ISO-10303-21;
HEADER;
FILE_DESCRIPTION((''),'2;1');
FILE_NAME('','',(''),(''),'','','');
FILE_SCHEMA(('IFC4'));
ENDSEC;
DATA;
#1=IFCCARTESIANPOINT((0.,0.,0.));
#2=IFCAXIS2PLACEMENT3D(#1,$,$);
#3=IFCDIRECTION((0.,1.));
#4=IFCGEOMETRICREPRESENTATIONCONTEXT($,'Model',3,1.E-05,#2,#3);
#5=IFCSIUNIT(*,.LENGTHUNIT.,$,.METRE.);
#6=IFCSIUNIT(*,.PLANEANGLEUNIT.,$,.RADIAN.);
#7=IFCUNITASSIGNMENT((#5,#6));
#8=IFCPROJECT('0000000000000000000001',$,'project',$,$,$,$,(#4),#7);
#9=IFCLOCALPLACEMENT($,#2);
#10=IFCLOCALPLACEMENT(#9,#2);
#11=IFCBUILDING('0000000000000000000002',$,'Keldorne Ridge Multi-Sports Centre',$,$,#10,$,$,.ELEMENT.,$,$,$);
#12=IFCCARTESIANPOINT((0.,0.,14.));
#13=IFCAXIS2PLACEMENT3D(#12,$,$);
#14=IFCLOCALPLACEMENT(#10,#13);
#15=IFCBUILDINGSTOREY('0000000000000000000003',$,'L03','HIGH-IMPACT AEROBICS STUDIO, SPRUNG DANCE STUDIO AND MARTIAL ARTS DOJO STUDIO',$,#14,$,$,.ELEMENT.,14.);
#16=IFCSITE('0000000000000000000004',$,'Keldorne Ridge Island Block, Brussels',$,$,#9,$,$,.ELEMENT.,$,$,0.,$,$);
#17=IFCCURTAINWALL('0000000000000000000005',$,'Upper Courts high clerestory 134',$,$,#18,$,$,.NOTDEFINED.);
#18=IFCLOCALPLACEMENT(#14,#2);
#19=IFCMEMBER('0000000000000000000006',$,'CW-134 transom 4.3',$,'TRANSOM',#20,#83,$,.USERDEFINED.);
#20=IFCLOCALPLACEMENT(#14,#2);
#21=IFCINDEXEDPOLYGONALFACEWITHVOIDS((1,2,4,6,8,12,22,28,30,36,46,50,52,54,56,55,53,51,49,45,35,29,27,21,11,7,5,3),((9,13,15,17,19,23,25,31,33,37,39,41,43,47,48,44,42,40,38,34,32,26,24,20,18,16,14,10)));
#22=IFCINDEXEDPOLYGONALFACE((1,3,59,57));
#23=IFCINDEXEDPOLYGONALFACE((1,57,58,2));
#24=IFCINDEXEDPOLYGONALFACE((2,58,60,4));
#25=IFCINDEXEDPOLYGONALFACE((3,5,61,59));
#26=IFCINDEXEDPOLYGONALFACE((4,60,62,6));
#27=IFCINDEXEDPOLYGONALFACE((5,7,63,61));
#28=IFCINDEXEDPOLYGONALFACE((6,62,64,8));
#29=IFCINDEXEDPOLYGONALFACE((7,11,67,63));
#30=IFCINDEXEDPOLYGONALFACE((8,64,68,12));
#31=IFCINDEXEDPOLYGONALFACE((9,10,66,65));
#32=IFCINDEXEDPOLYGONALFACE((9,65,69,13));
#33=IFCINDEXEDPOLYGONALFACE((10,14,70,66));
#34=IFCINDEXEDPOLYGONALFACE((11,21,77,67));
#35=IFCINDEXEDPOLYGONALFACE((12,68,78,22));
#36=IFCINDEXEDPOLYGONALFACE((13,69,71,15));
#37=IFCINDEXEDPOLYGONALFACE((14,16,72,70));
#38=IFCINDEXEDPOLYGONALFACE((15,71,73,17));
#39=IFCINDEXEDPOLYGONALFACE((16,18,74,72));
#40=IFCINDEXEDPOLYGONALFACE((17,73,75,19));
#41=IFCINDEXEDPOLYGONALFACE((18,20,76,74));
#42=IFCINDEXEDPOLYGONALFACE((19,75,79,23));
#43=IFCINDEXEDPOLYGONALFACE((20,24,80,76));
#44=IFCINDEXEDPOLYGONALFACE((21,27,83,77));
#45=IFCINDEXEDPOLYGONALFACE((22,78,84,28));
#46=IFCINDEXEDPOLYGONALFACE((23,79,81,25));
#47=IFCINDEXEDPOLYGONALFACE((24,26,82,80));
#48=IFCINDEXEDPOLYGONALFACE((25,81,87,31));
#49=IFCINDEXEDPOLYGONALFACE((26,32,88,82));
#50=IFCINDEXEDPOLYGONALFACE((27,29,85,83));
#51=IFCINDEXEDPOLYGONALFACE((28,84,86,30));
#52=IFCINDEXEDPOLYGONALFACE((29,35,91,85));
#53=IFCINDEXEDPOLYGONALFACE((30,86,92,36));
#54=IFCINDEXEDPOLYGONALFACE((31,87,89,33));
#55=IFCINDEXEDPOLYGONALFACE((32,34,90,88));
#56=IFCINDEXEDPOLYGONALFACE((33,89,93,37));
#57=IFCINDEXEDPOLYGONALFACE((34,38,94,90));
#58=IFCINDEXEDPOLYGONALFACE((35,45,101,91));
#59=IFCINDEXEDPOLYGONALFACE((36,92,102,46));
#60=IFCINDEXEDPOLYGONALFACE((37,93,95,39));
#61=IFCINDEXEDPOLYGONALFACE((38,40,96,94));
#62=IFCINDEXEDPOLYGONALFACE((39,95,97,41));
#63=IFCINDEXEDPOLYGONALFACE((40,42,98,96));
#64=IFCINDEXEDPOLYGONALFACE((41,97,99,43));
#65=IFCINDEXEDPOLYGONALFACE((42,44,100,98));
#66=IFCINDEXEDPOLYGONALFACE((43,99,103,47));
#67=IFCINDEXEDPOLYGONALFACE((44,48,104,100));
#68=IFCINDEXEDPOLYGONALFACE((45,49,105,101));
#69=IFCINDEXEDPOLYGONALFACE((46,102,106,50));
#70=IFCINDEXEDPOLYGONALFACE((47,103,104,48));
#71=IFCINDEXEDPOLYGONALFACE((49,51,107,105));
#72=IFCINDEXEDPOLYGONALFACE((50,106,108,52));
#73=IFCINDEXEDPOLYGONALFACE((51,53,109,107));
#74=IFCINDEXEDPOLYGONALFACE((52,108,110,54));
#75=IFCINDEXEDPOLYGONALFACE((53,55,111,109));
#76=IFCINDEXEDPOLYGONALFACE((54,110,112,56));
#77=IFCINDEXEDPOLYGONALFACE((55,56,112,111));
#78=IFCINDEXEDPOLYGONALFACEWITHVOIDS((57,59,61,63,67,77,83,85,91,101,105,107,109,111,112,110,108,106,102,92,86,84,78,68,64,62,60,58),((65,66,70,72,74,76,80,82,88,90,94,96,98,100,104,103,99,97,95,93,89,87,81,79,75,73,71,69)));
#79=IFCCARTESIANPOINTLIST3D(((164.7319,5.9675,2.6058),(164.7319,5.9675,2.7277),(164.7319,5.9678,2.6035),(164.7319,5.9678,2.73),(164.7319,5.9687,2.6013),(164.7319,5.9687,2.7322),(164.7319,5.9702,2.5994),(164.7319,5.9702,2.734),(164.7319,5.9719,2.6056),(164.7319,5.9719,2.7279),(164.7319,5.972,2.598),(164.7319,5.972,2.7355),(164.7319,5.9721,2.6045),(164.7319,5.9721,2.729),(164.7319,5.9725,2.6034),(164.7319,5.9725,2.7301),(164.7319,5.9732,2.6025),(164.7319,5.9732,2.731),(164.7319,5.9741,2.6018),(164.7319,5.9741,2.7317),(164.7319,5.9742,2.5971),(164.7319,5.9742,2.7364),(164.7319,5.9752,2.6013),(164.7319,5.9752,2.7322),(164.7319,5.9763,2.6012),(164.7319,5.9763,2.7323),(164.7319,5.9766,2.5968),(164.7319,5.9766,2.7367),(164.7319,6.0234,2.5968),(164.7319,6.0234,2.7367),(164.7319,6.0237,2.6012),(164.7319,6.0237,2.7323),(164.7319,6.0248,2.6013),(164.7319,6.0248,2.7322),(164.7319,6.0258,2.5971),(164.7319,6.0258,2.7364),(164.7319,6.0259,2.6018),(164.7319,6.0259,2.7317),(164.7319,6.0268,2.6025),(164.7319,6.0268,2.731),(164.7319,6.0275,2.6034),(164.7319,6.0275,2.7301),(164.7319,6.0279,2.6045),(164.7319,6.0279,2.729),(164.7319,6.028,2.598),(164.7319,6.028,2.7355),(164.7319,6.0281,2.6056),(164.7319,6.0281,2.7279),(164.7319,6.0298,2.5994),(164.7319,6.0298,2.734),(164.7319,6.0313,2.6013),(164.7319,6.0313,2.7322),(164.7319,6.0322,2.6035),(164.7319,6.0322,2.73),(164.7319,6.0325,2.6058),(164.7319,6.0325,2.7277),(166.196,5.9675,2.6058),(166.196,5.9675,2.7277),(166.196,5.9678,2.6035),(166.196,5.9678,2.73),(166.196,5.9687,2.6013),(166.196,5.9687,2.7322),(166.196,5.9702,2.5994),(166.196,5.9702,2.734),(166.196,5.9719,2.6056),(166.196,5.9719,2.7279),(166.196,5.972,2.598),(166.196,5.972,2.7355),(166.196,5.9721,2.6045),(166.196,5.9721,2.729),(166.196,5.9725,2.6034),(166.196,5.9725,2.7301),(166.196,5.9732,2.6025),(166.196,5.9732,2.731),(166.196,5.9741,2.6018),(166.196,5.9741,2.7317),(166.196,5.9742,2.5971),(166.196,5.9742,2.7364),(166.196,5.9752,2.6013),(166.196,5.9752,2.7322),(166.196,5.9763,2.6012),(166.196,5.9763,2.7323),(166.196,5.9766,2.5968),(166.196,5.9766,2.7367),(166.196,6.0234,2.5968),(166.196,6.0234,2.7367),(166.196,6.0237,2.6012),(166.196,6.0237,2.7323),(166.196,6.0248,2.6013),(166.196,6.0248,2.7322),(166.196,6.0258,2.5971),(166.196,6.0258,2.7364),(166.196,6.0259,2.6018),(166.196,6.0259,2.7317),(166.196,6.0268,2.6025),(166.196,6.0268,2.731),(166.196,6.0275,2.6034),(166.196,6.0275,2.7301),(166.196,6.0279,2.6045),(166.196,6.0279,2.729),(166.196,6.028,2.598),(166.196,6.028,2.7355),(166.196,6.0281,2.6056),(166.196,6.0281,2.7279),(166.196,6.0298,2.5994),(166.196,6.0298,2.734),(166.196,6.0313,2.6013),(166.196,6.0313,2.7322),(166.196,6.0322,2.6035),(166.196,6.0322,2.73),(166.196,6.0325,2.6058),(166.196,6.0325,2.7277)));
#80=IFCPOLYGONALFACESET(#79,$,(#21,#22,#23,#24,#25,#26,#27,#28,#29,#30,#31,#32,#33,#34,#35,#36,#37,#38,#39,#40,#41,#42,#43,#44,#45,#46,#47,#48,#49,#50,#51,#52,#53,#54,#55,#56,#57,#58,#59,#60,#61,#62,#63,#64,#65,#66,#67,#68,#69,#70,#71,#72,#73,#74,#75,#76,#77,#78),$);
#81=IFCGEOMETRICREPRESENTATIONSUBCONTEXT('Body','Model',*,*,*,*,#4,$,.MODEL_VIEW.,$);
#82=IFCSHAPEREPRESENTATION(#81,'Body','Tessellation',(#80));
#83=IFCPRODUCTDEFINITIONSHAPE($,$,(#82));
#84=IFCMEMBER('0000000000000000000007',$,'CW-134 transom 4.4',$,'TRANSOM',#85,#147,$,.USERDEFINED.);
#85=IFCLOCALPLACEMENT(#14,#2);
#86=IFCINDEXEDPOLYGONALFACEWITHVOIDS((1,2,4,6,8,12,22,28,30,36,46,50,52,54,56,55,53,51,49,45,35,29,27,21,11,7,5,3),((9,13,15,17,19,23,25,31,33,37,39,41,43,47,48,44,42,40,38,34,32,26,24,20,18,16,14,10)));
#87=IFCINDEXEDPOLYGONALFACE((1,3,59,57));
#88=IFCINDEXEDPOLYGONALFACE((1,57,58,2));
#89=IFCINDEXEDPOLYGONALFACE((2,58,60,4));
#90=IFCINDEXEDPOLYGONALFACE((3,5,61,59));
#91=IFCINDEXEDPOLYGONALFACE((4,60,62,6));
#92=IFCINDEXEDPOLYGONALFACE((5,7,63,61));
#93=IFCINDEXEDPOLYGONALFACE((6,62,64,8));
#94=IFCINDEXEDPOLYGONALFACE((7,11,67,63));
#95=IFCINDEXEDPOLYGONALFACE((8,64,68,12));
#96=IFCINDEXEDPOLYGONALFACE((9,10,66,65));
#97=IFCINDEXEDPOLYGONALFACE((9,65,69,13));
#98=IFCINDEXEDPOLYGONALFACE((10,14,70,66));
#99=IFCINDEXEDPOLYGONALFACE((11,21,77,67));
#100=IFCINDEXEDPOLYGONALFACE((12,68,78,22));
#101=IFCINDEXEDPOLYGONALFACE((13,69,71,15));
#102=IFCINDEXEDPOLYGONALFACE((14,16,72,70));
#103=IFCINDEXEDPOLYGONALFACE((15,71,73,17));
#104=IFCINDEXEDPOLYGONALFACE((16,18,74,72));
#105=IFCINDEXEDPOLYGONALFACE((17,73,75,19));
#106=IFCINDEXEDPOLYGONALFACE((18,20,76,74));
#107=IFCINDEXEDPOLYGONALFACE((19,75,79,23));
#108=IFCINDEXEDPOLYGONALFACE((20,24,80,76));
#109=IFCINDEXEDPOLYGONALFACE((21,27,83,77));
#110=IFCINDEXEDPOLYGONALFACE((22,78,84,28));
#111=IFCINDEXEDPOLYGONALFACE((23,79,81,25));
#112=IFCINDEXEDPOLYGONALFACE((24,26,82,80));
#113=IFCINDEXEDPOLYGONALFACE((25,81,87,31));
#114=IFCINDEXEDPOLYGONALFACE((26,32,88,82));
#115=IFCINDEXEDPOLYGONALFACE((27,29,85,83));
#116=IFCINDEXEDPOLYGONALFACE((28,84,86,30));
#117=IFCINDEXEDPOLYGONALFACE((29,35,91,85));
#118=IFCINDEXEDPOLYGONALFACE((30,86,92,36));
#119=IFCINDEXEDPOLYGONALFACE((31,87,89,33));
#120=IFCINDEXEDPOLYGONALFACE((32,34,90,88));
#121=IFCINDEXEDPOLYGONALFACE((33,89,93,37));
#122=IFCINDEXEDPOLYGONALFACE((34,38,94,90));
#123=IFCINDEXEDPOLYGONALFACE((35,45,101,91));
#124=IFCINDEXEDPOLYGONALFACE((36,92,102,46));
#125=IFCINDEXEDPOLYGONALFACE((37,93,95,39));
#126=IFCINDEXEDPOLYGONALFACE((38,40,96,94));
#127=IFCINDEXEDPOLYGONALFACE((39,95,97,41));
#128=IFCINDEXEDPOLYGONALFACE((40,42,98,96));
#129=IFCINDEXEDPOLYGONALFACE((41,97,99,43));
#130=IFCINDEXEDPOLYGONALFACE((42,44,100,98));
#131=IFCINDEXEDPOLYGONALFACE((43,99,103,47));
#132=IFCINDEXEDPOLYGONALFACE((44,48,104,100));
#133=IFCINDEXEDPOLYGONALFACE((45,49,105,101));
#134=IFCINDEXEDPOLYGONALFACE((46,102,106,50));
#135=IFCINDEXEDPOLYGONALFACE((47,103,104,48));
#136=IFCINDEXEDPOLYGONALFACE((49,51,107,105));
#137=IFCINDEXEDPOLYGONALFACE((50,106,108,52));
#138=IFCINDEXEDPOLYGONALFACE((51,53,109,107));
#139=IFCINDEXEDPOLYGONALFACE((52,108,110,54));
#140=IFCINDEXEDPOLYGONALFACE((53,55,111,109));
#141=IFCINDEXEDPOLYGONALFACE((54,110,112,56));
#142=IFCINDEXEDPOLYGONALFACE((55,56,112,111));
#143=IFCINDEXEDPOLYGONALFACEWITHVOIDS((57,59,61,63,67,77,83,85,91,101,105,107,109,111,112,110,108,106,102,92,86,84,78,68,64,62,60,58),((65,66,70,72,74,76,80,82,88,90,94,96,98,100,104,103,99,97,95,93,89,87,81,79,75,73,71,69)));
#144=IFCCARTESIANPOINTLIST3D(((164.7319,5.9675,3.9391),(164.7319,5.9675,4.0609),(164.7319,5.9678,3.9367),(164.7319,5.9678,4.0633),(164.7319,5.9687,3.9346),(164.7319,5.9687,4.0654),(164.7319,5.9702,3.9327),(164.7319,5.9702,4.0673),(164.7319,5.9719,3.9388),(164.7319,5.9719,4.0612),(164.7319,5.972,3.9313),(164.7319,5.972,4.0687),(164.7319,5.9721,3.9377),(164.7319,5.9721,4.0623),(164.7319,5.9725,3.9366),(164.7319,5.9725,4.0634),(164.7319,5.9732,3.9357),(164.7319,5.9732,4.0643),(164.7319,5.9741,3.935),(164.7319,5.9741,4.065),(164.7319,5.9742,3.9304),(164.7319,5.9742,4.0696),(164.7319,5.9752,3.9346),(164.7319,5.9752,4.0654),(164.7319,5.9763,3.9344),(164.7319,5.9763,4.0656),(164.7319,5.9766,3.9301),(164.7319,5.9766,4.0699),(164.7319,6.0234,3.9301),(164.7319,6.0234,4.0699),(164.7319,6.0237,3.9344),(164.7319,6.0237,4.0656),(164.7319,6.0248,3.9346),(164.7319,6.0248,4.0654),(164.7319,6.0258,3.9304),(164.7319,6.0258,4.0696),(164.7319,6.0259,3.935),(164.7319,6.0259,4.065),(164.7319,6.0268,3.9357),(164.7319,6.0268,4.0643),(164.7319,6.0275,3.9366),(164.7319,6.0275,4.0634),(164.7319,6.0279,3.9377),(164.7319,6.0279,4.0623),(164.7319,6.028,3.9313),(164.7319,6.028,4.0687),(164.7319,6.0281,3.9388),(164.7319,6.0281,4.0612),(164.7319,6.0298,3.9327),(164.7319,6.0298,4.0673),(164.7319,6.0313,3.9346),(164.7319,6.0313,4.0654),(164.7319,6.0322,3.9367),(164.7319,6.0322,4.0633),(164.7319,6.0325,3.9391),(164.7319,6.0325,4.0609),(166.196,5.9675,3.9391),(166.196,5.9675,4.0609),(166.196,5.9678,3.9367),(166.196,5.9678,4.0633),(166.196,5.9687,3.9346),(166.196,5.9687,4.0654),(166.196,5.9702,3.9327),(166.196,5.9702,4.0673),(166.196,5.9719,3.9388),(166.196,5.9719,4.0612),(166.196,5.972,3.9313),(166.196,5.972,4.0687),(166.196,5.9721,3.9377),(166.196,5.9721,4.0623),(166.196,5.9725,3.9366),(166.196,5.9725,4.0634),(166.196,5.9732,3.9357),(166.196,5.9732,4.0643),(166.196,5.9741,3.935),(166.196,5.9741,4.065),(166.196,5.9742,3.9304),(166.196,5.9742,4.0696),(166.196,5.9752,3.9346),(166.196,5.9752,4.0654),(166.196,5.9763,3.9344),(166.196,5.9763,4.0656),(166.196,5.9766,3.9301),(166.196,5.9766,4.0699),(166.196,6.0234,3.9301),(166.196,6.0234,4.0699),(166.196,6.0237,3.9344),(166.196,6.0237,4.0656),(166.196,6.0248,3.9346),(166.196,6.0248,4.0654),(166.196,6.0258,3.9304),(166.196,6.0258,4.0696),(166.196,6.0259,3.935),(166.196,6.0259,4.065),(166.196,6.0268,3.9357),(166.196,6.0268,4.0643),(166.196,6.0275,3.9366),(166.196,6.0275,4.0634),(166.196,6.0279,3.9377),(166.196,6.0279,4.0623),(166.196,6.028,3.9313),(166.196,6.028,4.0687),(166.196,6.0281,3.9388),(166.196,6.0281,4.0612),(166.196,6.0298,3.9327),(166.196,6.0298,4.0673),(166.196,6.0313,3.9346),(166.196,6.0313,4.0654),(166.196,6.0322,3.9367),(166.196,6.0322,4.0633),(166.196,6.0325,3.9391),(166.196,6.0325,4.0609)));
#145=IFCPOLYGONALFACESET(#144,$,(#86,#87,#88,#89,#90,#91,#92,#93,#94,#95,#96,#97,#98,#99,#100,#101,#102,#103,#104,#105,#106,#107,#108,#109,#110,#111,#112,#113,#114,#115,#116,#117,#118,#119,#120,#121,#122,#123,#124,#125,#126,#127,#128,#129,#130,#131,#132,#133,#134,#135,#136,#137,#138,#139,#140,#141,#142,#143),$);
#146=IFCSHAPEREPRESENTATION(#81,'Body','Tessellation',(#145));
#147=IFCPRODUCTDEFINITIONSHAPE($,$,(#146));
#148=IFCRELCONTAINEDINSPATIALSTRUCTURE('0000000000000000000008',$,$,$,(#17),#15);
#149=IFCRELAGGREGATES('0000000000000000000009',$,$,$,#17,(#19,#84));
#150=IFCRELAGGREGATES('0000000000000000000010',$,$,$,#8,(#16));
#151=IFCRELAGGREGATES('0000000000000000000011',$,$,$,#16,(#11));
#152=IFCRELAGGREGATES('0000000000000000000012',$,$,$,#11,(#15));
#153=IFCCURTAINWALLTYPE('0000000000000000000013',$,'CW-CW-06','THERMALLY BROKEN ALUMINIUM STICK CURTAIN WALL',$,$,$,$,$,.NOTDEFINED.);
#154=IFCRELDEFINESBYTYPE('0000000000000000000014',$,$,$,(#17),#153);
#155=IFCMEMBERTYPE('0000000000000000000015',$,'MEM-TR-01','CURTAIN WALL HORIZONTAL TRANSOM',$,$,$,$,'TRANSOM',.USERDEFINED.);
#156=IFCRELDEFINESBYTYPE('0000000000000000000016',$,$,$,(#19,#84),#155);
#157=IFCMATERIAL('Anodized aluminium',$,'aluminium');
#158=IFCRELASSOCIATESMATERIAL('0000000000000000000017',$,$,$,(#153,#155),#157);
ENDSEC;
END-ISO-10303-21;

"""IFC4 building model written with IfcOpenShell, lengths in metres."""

from ifc_helpers import new_model, si_unit, direction, frame, origin, origin_2d, place, context, subcontext, project, spatial, hollow_rectangle, extrude, material, material_profile, profile_set, type_object, element, aggregate, save


model = new_model("IFC4")

# Units and contexts
model_context = context("Model", 3, precision=1e-05, world=origin(), true_north=direction((0.0, 1.0)))
body_context = subcontext(model_context, "Body", "Model", "MODEL_VIEW")
ifc_project = project(units=[si_unit("LENGTHUNIT", "METRE"), si_unit("PLANEANGLEUNIT", "RADIAN")], contexts=[model_context])

# Site, building, storey
site_placement = place(None, origin())
site = spatial("IfcSite", under=ifc_project, at=site_placement, Name="Keldorne Ridge Island Block, Brussels", CompositionType="ELEMENT", RefElevation=0.0)
building_placement = place(site_placement, origin())
building = spatial("IfcBuilding", under=site, at=building_placement, Name="Keldorne Ridge Multi-Sports Centre", CompositionType="ELEMENT")
storey_placement = place(building_placement, frame((0.0, 0.0, 14.0)))
storey = spatial("IfcBuildingStorey", under=building, at=storey_placement, Name="L03", Description="HIGH-IMPACT AEROBICS STUDIO, SPRUNG DANCE STUDIO AND MARTIAL ARTS DOJO STUDIO", CompositionType="ELEMENT", Elevation=14.0)

# Curtain wall, members
ifc_material_1 = material(Name="Anodized aluminium", Category="aluminium")
curtain_wall_type = type_object("IfcCurtainWallType", Name="CW-CW-06", Description="THERMALLY BROKEN ALUMINIUM STICK CURTAIN WALL", PredefinedType="NOTDEFINED", material=ifc_material_1)
curtain_wall_placement = place(storey_placement, origin())
curtain_wall = element("IfcCurtainWall", 1, at=curtain_wall_placement, inside=storey, type_object=curtain_wall_type, Name="Upper Courts high clerestory 134", PredefinedType="NOTDEFINED")
ifc_material_profile_1 = material_profile(ifc_material_1, hollow_rectangle(XDim=0.0649, YDim=0.1399, WallThickness=0.0044, InnerFilletRadius=0.0044, OuterFilletRadius=0.009, at=origin_2d()), Name="ALU TRANSOM 140x65x4.5")
ifc_profile_set_1 = profile_set([ifc_material_profile_1], Name="Anodized aluminium")
member_type_1 = type_object("IfcMemberType", Name="MEM-TR-01", Description="CURTAIN WALL HORIZONTAL TRANSOM", ElementType="TRANSOM", PredefinedType="USERDEFINED", material=ifc_profile_set_1)
member_1_placement = place(storey_placement, frame((164.7319, 6.0, 2.6667), z_axis=(1.0, 0.0, 0.0), x_axis=(0.0, 1.0, 0.0)))
member_1 = element("IfcMember", 2, at=member_1_placement, type_object=member_type_1, Name="CW-134 transom 4.3", ObjectType="TRANSOM", PredefinedType="USERDEFINED", context=body_context, shape_type="SweptSolid", body=[
    extrude(hollow_rectangle(XDim=0.0649, YDim=0.1399, WallThickness=0.0044, InnerFilletRadius=0.0044, OuterFilletRadius=0.009, at=origin_2d()), origin(), (0.0, 0.0, 1.0), 1.4641),
])
member_2_placement = place(storey_placement, frame((164.7319, 6.0, 4.0), z_axis=(1.0, 0.0, 0.0), x_axis=(0.0, 1.0, 0.0)))
member_2 = element("IfcMember", 3, at=member_2_placement, type_object=member_type_1, Name="CW-134 transom 4.4", ObjectType="TRANSOM", PredefinedType="USERDEFINED", context=body_context, shape_type="SweptSolid", body=[
    extrude(hollow_rectangle(XDim=0.0649, YDim=0.1399, WallThickness=0.0044, InnerFilletRadius=0.0044, OuterFilletRadius=0.009, at=origin_2d()), origin(), (0.0, 0.0, 1.0), 1.4641),
])
aggregate(curtain_wall, [member_1, member_2])

save(model, "model.ifc")
